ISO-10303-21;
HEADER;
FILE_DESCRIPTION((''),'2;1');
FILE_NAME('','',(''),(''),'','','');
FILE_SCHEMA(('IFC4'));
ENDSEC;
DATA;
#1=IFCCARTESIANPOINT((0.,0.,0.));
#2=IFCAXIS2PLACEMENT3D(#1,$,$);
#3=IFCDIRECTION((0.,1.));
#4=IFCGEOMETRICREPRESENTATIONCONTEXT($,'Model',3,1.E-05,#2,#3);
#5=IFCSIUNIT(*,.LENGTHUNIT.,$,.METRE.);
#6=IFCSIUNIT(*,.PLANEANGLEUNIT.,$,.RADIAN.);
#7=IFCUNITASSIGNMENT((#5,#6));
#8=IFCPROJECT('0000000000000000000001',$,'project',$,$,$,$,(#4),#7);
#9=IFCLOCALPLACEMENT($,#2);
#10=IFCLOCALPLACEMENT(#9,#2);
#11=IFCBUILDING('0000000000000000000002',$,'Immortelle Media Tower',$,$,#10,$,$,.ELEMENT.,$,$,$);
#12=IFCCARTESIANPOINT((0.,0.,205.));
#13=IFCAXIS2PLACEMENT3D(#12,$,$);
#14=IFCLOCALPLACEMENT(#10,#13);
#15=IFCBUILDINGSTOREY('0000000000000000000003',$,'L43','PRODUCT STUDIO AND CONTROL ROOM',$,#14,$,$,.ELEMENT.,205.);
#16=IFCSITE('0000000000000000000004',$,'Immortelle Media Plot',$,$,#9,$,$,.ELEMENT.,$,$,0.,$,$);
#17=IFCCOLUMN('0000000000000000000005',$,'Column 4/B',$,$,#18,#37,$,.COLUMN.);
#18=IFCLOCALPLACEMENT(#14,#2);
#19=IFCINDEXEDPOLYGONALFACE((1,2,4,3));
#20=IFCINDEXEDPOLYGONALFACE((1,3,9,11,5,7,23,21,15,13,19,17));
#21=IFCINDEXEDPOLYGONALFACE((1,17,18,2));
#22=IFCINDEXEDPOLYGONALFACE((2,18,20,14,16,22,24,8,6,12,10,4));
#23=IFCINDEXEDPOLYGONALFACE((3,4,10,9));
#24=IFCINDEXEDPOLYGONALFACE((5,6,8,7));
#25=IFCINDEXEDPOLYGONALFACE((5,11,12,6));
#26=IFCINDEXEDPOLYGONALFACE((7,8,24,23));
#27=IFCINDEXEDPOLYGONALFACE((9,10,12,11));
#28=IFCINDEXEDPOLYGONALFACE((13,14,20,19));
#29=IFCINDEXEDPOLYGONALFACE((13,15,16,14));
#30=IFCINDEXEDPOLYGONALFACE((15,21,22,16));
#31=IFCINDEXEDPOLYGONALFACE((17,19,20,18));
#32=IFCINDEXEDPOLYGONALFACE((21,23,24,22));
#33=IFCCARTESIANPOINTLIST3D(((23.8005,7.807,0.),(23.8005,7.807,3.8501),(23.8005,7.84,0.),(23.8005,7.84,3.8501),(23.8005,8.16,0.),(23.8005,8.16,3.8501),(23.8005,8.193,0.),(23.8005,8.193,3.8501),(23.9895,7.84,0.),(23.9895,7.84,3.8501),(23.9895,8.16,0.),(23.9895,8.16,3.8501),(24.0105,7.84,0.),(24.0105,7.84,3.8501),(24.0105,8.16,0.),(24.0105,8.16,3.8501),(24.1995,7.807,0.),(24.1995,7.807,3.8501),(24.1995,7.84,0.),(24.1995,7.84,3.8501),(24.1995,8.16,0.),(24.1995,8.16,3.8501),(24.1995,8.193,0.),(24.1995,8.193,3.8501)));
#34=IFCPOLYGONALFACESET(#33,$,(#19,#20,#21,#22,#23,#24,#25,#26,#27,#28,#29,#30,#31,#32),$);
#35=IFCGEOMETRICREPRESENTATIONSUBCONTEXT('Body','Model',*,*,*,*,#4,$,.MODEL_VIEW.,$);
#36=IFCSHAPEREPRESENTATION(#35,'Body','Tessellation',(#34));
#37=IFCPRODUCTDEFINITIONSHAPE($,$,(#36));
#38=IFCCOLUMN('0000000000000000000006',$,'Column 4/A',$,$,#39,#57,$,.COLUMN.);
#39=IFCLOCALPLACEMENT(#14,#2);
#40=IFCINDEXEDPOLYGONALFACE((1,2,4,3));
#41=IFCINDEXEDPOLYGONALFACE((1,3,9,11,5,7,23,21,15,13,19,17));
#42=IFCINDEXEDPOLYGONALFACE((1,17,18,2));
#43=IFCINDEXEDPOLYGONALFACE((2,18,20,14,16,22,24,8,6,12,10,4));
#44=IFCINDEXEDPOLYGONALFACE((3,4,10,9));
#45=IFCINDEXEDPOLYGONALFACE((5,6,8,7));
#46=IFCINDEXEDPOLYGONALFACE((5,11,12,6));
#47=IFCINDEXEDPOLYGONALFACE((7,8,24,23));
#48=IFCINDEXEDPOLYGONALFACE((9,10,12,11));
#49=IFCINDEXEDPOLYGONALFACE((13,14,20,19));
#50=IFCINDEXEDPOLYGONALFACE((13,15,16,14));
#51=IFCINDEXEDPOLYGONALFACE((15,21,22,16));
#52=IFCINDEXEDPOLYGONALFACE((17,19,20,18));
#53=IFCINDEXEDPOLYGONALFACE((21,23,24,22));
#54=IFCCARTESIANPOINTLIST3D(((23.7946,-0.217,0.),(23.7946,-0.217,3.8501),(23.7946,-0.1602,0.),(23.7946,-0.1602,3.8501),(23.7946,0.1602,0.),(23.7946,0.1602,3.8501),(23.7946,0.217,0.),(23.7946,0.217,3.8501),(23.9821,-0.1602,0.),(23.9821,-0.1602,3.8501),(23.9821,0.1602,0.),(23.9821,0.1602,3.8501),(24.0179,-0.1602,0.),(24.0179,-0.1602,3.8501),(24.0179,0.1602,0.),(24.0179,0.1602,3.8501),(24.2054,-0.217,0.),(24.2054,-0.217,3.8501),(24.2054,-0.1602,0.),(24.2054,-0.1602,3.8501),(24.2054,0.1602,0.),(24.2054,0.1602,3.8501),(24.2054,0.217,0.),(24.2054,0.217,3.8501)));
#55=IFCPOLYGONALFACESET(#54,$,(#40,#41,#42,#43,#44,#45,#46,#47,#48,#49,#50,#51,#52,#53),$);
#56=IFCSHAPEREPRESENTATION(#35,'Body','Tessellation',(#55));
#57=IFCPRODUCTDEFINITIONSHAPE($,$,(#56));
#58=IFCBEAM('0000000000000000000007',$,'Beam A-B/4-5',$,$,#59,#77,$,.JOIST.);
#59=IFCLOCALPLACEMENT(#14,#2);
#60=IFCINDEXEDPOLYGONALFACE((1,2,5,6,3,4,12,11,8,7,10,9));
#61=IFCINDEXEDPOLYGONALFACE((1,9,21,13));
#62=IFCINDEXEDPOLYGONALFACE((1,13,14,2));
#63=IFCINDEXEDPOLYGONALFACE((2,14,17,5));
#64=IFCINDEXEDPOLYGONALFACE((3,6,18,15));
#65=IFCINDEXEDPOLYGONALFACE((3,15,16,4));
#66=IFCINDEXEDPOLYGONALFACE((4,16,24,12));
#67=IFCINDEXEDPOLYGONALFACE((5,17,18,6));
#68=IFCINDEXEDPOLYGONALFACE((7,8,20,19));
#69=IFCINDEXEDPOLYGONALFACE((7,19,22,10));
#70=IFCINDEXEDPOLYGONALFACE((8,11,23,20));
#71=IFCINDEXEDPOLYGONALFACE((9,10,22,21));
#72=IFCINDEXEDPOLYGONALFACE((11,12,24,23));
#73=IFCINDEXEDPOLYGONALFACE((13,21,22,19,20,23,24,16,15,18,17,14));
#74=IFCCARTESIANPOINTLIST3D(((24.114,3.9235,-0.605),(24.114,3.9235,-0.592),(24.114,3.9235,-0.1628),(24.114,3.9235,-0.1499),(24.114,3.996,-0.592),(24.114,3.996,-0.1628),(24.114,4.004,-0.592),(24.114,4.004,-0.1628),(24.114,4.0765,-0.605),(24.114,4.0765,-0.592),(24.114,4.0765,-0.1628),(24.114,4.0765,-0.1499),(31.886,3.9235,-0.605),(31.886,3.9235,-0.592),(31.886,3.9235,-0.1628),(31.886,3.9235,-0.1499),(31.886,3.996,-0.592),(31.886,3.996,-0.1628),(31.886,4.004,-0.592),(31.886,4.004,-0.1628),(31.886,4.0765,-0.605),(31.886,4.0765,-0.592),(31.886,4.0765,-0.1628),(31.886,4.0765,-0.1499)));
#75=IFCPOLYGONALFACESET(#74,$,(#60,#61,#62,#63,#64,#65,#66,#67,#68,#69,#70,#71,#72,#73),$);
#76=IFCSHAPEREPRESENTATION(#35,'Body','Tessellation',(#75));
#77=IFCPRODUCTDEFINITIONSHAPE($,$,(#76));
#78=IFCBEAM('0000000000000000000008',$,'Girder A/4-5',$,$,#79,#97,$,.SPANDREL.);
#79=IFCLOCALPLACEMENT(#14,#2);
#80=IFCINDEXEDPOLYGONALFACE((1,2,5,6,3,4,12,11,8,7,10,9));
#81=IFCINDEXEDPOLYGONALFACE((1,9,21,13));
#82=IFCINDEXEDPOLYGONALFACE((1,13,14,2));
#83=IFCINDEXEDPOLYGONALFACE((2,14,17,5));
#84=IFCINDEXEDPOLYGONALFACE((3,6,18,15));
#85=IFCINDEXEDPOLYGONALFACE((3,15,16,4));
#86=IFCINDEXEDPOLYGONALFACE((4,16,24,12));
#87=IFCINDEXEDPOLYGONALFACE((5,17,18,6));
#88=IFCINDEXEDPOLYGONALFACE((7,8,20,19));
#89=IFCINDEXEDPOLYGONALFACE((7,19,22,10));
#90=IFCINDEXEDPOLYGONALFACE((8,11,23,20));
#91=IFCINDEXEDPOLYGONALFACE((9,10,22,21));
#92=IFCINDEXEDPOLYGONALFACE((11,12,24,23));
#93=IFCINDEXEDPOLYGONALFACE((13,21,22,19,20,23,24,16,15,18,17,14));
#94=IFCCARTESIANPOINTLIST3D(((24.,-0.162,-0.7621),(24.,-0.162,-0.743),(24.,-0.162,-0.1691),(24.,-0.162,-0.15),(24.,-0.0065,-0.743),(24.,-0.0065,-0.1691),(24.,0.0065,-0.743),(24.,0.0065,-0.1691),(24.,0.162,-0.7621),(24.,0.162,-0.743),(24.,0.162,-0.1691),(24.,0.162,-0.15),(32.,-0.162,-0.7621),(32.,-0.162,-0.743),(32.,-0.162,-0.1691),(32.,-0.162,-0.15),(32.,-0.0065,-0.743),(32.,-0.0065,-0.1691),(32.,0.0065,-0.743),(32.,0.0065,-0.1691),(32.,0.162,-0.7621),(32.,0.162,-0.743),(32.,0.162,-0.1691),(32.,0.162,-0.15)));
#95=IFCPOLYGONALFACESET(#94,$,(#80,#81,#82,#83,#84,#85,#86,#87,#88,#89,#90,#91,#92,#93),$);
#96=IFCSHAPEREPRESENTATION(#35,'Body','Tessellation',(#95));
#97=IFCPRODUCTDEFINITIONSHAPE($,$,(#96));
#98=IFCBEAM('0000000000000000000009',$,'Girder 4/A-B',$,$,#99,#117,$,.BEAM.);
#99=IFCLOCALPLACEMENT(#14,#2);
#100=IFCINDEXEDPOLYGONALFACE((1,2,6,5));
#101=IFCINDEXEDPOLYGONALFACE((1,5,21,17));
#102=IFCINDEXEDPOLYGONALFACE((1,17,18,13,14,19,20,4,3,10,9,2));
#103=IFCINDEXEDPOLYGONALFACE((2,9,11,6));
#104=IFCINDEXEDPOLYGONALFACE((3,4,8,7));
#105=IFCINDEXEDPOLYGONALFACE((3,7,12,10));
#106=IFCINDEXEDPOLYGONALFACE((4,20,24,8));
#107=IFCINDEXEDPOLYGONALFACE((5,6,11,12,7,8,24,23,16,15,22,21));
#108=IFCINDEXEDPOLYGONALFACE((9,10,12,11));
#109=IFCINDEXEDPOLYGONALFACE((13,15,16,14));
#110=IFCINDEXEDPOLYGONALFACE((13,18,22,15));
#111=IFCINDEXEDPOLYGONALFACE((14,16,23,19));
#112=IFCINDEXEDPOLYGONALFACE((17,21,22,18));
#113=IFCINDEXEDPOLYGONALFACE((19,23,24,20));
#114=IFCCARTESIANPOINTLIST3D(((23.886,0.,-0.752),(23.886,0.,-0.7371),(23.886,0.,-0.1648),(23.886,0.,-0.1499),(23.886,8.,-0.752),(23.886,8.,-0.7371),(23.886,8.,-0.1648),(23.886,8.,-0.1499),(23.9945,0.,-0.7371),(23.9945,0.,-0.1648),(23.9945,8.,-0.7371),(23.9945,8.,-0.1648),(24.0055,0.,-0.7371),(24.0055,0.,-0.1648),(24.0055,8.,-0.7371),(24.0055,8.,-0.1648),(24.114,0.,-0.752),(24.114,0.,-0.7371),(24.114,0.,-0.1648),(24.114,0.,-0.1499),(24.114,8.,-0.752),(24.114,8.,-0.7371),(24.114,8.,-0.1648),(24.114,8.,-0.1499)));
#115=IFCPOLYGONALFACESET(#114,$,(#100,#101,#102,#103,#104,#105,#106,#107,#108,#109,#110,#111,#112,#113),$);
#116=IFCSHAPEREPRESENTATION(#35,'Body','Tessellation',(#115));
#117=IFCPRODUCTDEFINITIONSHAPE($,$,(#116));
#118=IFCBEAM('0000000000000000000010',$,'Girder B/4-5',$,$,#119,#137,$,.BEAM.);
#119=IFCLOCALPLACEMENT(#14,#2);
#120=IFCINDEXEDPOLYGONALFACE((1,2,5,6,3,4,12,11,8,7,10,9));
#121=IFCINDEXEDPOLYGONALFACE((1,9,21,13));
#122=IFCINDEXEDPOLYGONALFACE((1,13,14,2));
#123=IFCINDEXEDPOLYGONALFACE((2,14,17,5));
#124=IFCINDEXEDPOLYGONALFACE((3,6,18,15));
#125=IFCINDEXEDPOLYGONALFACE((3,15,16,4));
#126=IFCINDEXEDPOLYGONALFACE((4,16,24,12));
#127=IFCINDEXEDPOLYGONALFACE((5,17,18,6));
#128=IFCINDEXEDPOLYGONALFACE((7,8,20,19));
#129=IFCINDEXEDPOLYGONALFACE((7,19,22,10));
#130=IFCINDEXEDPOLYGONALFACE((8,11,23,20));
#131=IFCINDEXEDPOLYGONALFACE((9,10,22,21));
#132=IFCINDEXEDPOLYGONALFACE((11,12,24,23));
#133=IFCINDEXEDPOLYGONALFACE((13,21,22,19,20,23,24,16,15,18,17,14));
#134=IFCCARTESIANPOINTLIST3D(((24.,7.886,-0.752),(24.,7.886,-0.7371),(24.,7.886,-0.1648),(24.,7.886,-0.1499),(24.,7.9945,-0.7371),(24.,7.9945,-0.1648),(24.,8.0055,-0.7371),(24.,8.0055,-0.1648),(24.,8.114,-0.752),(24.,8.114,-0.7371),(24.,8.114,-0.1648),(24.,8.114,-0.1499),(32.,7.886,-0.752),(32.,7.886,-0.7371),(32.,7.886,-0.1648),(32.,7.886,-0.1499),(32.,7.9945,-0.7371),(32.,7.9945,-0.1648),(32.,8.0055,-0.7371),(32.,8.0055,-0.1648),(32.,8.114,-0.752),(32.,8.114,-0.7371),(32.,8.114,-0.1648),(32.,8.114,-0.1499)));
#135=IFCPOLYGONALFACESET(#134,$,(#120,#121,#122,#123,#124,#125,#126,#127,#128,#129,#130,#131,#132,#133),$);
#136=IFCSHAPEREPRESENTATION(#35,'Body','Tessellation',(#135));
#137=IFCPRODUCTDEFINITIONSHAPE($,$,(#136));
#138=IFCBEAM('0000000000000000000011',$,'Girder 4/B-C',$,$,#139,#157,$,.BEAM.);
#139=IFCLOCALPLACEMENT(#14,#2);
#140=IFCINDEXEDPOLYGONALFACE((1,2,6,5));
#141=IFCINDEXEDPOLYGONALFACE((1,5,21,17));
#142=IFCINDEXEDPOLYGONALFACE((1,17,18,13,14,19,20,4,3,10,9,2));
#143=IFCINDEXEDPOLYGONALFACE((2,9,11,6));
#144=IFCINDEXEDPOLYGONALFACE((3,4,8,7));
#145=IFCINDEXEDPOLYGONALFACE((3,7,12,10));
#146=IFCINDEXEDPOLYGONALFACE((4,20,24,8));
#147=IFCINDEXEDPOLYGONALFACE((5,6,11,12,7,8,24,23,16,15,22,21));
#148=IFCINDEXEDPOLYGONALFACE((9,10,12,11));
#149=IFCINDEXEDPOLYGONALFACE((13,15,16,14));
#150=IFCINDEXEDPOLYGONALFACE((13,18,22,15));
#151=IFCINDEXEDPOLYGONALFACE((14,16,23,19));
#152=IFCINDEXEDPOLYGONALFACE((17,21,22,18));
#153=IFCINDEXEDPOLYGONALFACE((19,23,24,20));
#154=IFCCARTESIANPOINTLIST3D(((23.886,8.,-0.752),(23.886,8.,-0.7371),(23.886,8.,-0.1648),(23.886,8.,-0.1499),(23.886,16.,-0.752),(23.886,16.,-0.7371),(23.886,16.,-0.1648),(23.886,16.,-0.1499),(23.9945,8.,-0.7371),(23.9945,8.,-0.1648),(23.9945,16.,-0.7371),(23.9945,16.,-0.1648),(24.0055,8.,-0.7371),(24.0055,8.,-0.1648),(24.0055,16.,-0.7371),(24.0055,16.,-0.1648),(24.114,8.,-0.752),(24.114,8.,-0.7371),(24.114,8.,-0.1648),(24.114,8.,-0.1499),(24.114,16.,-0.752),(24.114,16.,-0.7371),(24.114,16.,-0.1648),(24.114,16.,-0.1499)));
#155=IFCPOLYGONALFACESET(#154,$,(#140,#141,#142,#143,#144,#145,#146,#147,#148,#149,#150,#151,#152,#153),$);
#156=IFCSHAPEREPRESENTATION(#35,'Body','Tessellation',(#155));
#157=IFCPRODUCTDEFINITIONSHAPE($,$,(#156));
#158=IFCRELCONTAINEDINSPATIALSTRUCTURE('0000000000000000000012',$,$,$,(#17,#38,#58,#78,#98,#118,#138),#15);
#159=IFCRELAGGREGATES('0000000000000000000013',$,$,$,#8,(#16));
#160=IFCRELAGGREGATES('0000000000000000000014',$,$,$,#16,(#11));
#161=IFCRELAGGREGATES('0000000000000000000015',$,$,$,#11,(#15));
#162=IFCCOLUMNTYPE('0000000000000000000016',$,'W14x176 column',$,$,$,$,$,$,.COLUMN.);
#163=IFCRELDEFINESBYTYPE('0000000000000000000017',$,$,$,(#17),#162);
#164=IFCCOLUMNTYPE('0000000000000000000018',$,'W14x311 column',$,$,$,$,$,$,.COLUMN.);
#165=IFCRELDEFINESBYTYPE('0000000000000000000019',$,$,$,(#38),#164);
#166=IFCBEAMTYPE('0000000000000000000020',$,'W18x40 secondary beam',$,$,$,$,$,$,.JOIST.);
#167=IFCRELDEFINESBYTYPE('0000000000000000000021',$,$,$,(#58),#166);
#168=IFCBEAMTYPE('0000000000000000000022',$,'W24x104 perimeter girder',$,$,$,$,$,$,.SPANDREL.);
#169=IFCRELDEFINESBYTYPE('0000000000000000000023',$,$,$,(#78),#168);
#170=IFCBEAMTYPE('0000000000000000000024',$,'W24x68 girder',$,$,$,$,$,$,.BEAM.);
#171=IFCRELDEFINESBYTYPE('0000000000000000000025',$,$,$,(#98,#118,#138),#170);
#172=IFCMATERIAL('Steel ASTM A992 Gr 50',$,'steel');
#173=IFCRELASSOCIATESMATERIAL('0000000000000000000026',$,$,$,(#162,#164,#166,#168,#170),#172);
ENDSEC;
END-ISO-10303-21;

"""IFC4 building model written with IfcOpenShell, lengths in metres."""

from ifc_helpers import new_model, si_unit, direction, frame, origin, origin_2d, place, context, subcontext, project, spatial, i_section, extrude, material, material_profile, profile_set, type_object, element, save


model = new_model("IFC4")

# Units and contexts
model_context = context("Model", 3, precision=1e-05, world=origin(), true_north=direction((0.0, 1.0)))
body_context = subcontext(model_context, "Body", "Model", "MODEL_VIEW")
ifc_project = project(units=[si_unit("LENGTHUNIT", "METRE"), si_unit("PLANEANGLEUNIT", "RADIAN")], contexts=[model_context])

# Site, building, storey
site_placement = place(None, origin())
site = spatial("IfcSite", under=ifc_project, at=site_placement, Name="Immortelle Media Plot", CompositionType="ELEMENT", RefElevation=0.0)
building_placement = place(site_placement, origin())
building = spatial("IfcBuilding", under=site, at=building_placement, Name="Immortelle Media Tower", CompositionType="ELEMENT")
storey_placement = place(building_placement, frame((0.0, 0.0, 205.0)))
storey = spatial("IfcBuildingStorey", under=building, at=storey_placement, Name="L43", Description="PRODUCT STUDIO AND CONTROL ROOM", CompositionType="ELEMENT", Elevation=205.0)

# Columns
ifc_material_1 = material(Name="Steel ASTM A992 Gr 50", Category="steel")
ifc_material_profile_1 = material_profile(ifc_material_1, i_section(OverallWidth=0.3989, OverallDepth=0.386, WebThickness=0.021, FlangeThickness=0.033, at=origin_2d()), Name="W14x176")
ifc_profile_set_1 = profile_set([ifc_material_profile_1], Name="Steel ASTM A992 Gr 50")
column_type_1 = type_object("IfcColumnType", Name="W14x176 column", PredefinedType="COLUMN", material=ifc_profile_set_1)
column_1_placement = place(storey_placement, frame((24.0, 8.0, 0.0), z_axis=(0.0, 0.0, 1.0), x_axis=(1.0, 0.0, 0.0)))
element("IfcColumn", 1, at=column_1_placement, inside=storey, type_object=column_type_1, Name="Column 4/B", PredefinedType="COLUMN", context=body_context, shape_type="SweptSolid", body=[
    extrude(i_section(OverallWidth=0.3989, OverallDepth=0.386, WebThickness=0.021, FlangeThickness=0.033, at=origin_2d()), origin(), (0.0, 0.0, 1.0), 3.8501),
])
ifc_material_profile_2 = material_profile(ifc_material_1, i_section(OverallWidth=0.4109, OverallDepth=0.4341, WebThickness=0.0359, FlangeThickness=0.0569, at=origin_2d()), Name="W14x311")
ifc_profile_set_2 = profile_set([ifc_material_profile_2], Name="Steel ASTM A992 Gr 50")
column_type_2 = type_object("IfcColumnType", Name="W14x311 column", PredefinedType="COLUMN", material=ifc_profile_set_2)
column_2_placement = place(storey_placement, frame((24.0, 0.0, 0.0), z_axis=(0.0, 0.0, 1.0), x_axis=(1.0, 0.0, 0.0)))
element("IfcColumn", 2, at=column_2_placement, inside=storey, type_object=column_type_2, Name="Column 4/A", PredefinedType="COLUMN", context=body_context, shape_type="SweptSolid", body=[
    extrude(i_section(OverallWidth=0.4109, OverallDepth=0.4341, WebThickness=0.0359, FlangeThickness=0.0569, at=origin_2d()), origin(), (0.0, 0.0, 1.0), 3.8501),
])

# Beams
ifc_material_profile_3 = material_profile(ifc_material_1, i_section(OverallWidth=0.1531, OverallDepth=0.4551, WebThickness=0.0081, FlangeThickness=0.0129, at=origin_2d()), Name="W18x40")
ifc_profile_set_3 = profile_set([ifc_material_profile_3], Name="Steel ASTM A992 Gr 50")
beam_type_1 = type_object("IfcBeamType", Name="W18x40 secondary beam", PredefinedType="JOIST", material=ifc_profile_set_3)
beam_1_placement = place(storey_placement, frame((24.114, 4.0, -0.3774), z_axis=(1.0, 0.0, 0.0), x_axis=(0.0, 1.0, 0.0)))
element("IfcBeam", 3, at=beam_1_placement, inside=storey, type_object=beam_type_1, Name="Beam A-B/4-5", PredefinedType="JOIST", context=body_context, shape_type="SweptSolid", body=[
    extrude(i_section(OverallWidth=0.1531, OverallDepth=0.4551, WebThickness=0.0081, FlangeThickness=0.0129, at=origin_2d()), origin(), (0.0, 0.0, 1.0), 7.772),
])
ifc_material_profile_4 = material_profile(ifc_material_1, i_section(OverallWidth=0.324, OverallDepth=0.6121, WebThickness=0.0129, FlangeThickness=0.019, at=origin_2d()), Name="W24x104")
ifc_profile_set_4 = profile_set([ifc_material_profile_4], Name="Steel ASTM A992 Gr 50")
beam_type_2 = type_object("IfcBeamType", Name="W24x104 perimeter girder", PredefinedType="SPANDREL", material=ifc_profile_set_4)
beam_2_placement = place(storey_placement, frame((24.0, 0.0, -0.4561), z_axis=(1.0, 0.0, 0.0), x_axis=(0.0, 1.0, 0.0)))
element("IfcBeam", 4, at=beam_2_placement, inside=storey, type_object=beam_type_2, Name="Girder A/4-5", PredefinedType="SPANDREL", context=body_context, shape_type="SweptSolid", body=[
    extrude(i_section(OverallWidth=0.324, OverallDepth=0.6121, WebThickness=0.0129, FlangeThickness=0.019, at=origin_2d()), origin(), (0.0, 0.0, 1.0), 8.0),
])
ifc_material_profile_5 = material_profile(ifc_material_1, i_section(OverallWidth=0.228, OverallDepth=0.6021, WebThickness=0.011, FlangeThickness=0.0149, at=origin_2d()), Name="W24x68")
ifc_profile_set_5 = profile_set([ifc_material_profile_5], Name="Steel ASTM A992 Gr 50")
beam_type_3 = type_object("IfcBeamType", Name="W24x68 girder", PredefinedType="BEAM", material=ifc_profile_set_5)
for number, where, z_axis, x_axis, name in (
    (5, (24.0, 0.0, -0.4509), (0.0, 1.0, 0.0), (-1.0, 0.0, 0.0), "Girder 4/A-B"),
    (6, (24.0, 8.0, -0.4509), (1.0, 0.0, 0.0), (0.0, 1.0, 0.0), "Girder B/4-5"),
    (7, (24.0, 8.0, -0.4509), (0.0, 1.0, 0.0), (-1.0, 0.0, 0.0), "Girder 4/B-C"),
):
    element("IfcBeam", number, at=place(storey_placement, frame(where, z_axis=z_axis, x_axis=x_axis)), inside=storey, type_object=beam_type_3, Name=name, PredefinedType="BEAM", context=body_context, shape_type="SweptSolid", body=[
        extrude(i_section(OverallWidth=0.228, OverallDepth=0.6021, WebThickness=0.011, FlangeThickness=0.0149, at=origin_2d()), origin(), (0.0, 0.0, 1.0), 8.0),
    ])

save(model, "model.ifc")
